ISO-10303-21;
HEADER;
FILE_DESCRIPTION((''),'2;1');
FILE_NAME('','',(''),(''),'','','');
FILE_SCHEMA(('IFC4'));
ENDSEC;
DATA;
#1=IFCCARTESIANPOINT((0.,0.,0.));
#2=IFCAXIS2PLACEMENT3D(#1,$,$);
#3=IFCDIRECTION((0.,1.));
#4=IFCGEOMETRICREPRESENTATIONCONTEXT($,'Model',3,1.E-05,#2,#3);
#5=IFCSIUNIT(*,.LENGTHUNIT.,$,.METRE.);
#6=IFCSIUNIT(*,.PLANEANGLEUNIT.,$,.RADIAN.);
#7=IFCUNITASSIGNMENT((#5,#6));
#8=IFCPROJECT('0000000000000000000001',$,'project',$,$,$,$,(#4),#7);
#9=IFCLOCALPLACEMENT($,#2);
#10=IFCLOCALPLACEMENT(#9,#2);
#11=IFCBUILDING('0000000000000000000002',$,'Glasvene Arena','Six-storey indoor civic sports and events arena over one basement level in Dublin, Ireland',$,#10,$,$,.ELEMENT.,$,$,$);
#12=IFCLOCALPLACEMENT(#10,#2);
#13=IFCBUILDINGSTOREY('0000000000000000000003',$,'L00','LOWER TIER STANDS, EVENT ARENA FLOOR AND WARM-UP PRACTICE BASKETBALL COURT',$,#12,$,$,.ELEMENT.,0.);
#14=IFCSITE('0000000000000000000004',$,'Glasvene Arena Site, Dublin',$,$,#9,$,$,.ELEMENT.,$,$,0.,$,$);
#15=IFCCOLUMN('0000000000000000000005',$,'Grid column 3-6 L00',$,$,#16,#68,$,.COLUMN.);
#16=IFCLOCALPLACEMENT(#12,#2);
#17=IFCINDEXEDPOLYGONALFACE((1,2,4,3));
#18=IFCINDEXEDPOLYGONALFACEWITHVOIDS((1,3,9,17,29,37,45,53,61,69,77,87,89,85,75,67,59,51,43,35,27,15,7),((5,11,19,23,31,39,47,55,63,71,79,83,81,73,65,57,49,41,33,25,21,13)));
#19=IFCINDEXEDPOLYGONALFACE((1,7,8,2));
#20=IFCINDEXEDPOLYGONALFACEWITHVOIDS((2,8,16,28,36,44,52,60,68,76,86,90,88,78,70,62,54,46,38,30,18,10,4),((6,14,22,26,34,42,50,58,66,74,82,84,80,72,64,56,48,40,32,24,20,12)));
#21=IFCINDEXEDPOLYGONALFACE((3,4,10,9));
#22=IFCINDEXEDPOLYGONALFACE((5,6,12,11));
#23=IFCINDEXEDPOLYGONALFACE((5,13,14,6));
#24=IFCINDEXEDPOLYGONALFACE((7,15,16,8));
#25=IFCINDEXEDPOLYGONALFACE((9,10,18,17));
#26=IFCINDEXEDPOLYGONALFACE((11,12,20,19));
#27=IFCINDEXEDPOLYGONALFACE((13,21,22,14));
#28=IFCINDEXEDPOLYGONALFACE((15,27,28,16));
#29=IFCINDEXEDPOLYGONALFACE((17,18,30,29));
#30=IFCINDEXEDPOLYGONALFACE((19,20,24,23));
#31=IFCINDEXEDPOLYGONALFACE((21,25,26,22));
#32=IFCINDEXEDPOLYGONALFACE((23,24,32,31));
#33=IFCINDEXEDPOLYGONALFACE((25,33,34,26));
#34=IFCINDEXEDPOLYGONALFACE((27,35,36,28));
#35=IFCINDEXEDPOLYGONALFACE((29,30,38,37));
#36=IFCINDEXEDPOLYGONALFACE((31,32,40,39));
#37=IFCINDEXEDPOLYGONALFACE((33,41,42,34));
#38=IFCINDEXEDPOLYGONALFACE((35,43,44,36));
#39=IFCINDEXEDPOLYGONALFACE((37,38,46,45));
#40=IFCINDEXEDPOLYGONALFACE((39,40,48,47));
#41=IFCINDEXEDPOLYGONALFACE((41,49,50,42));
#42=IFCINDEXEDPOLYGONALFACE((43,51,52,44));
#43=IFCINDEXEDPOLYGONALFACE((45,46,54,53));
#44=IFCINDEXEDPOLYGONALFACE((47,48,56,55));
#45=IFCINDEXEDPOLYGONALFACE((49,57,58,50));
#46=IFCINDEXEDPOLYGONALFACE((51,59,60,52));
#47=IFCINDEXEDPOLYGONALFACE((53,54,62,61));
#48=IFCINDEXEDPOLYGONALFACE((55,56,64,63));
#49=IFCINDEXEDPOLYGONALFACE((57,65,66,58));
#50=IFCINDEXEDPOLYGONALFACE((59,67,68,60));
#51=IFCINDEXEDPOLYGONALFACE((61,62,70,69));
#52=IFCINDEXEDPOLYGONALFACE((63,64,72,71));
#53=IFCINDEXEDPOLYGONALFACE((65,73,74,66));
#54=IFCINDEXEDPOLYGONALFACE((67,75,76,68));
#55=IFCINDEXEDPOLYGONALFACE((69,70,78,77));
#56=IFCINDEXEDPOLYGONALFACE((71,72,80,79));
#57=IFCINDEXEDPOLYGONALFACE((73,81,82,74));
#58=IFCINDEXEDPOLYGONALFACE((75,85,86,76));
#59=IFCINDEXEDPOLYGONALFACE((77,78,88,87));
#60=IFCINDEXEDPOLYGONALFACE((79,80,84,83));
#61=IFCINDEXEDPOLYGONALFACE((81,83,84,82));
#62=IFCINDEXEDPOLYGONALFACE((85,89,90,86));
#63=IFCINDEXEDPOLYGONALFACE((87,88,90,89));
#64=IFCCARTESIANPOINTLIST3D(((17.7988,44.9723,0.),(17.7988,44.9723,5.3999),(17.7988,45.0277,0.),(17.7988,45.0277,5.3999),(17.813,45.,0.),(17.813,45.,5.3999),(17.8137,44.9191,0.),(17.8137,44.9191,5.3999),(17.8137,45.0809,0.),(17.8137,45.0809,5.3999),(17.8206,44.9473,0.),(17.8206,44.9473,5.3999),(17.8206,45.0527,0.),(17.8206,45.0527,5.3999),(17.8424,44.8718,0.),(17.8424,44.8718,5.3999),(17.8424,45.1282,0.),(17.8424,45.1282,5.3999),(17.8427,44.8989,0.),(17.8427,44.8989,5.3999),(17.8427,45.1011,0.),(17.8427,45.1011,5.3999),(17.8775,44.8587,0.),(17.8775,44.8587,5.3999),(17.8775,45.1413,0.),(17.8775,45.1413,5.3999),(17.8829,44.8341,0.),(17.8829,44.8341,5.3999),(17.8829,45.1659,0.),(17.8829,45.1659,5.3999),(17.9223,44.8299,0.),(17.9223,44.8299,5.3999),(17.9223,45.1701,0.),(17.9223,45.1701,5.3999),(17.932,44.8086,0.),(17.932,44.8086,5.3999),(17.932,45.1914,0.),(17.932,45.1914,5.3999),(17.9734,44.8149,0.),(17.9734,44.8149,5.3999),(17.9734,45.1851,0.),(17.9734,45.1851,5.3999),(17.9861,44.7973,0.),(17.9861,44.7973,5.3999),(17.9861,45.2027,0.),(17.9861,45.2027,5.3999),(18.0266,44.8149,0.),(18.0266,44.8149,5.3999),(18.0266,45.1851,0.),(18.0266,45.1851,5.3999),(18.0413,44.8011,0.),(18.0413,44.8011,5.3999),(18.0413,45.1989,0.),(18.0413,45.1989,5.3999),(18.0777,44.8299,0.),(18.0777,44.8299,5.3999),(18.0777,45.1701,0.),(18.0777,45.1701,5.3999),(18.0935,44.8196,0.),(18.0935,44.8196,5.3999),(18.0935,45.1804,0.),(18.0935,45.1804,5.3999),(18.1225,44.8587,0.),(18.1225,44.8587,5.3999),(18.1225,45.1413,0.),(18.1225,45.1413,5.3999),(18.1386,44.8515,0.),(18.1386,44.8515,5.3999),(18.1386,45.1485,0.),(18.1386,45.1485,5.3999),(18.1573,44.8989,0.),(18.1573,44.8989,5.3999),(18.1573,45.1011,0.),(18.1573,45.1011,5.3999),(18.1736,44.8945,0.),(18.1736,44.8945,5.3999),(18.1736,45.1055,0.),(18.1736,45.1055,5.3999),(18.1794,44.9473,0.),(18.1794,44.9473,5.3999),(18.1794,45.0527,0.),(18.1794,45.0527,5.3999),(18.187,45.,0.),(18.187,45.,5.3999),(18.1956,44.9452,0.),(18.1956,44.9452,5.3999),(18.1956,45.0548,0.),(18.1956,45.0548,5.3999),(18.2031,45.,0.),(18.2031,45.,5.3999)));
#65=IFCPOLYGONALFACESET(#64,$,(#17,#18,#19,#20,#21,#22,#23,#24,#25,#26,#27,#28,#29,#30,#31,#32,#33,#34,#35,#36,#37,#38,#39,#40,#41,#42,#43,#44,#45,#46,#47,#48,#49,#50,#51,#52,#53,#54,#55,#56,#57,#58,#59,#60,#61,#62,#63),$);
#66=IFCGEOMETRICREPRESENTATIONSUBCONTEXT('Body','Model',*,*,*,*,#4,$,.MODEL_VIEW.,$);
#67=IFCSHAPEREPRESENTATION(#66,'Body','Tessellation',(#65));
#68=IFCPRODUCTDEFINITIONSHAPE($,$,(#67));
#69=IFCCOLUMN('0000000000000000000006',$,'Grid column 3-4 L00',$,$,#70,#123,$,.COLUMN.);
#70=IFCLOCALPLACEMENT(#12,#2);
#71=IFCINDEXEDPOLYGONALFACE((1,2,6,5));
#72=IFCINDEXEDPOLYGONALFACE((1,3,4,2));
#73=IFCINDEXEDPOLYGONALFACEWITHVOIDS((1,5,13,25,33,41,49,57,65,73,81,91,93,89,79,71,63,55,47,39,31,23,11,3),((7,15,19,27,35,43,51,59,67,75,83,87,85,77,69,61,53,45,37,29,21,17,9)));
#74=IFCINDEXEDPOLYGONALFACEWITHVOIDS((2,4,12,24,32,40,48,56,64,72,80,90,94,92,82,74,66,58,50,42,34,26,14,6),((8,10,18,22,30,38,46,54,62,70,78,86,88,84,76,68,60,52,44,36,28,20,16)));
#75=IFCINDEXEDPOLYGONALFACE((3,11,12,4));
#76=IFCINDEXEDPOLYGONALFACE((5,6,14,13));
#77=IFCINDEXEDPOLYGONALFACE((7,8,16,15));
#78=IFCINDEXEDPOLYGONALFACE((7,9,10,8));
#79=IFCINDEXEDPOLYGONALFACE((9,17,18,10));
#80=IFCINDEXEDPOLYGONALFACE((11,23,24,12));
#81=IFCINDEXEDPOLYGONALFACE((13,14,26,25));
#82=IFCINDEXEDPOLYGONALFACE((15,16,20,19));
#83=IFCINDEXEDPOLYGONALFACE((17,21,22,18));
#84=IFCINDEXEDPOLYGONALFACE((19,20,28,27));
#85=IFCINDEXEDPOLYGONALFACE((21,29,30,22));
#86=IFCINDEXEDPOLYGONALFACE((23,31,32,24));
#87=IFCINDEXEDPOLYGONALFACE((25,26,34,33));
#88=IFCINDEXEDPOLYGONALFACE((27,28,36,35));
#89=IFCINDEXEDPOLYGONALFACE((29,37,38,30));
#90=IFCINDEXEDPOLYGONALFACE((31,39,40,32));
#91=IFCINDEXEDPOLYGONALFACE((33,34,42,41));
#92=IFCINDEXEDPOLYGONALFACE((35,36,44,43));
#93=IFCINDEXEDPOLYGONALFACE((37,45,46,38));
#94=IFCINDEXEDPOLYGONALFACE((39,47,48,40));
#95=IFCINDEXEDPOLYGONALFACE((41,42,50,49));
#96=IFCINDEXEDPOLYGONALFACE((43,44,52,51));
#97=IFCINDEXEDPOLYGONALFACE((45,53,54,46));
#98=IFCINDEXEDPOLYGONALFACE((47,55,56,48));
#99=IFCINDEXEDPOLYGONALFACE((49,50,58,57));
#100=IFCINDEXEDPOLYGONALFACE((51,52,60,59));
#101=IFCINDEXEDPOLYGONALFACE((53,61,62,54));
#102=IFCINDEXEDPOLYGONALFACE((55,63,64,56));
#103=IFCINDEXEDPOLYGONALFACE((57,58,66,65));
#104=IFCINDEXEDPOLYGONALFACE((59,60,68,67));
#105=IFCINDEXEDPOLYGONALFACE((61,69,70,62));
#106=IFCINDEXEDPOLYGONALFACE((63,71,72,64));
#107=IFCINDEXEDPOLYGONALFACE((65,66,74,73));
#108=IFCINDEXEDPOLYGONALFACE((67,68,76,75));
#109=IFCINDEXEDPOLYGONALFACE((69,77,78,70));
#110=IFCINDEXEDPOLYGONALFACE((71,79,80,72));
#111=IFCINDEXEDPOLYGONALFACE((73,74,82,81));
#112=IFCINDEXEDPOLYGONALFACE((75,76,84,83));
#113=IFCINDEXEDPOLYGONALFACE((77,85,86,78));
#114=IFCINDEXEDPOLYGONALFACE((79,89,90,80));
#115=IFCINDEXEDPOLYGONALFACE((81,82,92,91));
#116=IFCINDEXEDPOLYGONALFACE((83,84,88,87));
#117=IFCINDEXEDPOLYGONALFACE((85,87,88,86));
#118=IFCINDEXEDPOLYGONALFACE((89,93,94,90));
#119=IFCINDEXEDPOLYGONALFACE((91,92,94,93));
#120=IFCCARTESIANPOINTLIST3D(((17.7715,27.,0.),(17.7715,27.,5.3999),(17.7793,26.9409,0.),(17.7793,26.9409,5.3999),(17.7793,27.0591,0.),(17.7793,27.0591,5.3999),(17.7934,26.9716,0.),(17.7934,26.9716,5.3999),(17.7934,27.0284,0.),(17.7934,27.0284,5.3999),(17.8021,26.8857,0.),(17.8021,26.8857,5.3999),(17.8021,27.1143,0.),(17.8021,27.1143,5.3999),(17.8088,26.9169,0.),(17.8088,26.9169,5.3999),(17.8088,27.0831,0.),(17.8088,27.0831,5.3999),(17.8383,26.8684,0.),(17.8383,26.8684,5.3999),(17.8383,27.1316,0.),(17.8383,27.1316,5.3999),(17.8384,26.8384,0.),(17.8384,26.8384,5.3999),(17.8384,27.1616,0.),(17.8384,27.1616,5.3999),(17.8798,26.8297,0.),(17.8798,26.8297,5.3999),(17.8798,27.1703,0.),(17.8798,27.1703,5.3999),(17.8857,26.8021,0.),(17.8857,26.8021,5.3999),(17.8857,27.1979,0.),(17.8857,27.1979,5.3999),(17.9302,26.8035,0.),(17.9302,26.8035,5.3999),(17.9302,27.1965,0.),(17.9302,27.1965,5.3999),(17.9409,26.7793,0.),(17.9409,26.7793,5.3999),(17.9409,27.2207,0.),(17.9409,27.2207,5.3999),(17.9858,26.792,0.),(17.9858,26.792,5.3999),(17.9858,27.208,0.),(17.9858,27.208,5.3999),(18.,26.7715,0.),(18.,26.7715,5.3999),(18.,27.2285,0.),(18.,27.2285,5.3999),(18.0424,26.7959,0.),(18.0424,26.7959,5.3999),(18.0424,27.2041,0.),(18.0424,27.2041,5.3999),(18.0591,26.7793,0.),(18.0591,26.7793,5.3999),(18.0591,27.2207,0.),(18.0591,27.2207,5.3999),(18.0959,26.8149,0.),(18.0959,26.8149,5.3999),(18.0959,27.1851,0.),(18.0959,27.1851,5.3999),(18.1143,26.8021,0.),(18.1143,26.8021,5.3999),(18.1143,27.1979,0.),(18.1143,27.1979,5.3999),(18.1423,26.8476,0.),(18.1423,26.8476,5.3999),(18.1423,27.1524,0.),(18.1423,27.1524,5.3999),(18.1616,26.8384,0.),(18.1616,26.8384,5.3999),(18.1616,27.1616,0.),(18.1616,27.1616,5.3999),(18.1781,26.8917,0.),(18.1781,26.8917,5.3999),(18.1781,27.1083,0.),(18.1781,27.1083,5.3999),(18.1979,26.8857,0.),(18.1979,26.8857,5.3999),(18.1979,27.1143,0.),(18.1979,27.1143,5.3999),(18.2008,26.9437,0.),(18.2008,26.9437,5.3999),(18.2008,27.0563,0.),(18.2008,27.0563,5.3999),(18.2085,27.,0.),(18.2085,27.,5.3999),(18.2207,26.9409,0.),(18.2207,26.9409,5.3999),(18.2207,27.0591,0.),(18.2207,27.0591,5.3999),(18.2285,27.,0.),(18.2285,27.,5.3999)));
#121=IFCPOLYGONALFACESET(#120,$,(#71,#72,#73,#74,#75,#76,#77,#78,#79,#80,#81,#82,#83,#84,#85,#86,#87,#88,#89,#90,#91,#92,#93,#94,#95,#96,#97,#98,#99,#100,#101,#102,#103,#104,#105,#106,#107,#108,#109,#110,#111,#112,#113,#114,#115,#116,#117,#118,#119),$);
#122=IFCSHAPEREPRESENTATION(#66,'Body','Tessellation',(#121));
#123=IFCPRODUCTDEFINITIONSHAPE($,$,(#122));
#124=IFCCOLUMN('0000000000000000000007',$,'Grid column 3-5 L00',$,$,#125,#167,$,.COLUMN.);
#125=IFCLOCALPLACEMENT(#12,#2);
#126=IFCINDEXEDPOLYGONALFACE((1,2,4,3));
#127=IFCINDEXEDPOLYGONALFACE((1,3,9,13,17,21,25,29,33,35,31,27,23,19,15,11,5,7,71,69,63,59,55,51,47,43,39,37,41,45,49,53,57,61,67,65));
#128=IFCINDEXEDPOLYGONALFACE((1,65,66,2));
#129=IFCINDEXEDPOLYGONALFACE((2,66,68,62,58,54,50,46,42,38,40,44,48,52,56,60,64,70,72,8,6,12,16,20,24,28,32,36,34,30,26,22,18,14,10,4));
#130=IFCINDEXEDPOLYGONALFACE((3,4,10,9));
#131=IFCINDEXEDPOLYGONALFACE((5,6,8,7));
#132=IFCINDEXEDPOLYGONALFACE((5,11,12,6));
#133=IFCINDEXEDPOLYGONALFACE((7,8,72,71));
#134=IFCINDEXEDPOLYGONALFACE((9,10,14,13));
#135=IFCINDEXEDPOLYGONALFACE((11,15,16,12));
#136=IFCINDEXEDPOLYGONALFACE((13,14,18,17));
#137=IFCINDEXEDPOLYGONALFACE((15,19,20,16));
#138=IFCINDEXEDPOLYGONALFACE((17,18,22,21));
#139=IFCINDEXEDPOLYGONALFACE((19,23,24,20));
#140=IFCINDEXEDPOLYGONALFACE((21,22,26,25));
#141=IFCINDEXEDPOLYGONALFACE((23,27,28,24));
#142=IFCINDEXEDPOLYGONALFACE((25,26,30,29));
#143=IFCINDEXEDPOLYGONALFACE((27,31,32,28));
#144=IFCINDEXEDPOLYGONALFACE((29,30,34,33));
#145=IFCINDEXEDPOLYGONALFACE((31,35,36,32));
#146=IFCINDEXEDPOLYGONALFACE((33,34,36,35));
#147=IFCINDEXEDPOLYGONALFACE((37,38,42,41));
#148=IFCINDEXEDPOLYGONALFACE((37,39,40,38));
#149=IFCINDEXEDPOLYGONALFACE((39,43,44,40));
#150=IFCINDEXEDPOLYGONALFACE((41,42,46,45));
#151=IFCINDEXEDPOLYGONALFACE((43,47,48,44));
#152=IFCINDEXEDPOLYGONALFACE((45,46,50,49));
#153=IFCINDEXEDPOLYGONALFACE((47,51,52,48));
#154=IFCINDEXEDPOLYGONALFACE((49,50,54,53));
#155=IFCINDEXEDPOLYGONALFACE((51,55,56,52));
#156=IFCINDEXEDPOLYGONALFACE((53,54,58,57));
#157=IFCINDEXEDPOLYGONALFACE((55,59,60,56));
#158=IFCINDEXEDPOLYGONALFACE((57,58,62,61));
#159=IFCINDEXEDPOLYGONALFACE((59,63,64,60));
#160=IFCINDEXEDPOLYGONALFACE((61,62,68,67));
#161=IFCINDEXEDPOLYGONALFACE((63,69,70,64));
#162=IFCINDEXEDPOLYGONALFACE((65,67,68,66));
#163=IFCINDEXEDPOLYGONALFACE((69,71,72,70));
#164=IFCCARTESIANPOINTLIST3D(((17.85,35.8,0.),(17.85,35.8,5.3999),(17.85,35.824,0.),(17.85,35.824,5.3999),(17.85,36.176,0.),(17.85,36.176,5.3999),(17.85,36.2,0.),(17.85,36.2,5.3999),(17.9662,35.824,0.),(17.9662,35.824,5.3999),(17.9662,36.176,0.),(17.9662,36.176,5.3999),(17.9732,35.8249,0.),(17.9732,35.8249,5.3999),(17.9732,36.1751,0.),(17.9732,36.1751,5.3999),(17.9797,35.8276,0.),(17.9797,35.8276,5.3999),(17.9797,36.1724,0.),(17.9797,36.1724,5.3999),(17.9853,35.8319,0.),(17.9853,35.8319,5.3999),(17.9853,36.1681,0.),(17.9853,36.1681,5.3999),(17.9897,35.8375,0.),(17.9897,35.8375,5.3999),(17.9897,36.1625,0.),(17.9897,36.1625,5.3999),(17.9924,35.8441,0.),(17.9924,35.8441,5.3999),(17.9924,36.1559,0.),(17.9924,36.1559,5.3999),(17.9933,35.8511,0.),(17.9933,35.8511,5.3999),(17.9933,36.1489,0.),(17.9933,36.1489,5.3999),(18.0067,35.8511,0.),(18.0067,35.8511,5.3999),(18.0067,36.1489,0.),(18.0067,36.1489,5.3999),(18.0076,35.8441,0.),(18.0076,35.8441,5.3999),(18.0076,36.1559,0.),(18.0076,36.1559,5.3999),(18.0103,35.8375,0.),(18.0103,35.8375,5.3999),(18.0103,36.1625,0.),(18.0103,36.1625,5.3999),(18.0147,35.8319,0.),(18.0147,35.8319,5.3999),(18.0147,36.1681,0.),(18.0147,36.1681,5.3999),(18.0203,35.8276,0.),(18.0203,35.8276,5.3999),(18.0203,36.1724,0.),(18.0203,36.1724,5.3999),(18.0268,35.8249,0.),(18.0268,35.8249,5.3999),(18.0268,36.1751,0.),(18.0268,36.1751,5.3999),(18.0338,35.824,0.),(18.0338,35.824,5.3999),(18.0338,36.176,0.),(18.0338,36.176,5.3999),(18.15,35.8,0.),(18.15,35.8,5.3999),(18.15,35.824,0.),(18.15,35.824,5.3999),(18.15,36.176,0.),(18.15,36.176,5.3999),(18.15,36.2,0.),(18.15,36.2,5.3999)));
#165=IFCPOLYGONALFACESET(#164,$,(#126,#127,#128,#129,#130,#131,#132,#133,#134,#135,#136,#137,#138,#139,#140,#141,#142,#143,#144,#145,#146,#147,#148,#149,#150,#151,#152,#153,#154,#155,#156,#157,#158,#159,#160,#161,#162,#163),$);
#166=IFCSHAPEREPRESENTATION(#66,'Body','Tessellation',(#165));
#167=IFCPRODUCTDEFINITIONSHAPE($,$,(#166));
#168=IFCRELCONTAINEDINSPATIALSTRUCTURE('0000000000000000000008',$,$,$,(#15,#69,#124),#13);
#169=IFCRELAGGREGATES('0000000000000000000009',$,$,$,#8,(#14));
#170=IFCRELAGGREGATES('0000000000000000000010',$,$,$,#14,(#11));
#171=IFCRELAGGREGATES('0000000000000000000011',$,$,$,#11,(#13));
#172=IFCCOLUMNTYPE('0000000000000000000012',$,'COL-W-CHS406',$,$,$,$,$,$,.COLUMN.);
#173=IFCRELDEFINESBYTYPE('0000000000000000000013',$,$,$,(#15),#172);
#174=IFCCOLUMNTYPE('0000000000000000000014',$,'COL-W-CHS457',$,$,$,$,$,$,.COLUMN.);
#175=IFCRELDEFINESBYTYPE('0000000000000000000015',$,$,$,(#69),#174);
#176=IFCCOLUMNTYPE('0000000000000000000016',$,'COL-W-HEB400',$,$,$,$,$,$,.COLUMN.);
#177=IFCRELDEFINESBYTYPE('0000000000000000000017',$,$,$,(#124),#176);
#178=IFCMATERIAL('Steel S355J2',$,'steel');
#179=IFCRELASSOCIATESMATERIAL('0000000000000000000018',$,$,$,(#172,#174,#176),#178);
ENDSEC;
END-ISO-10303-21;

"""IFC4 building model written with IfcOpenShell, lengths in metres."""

from ifc_helpers import new_model, si_unit, direction, frame, origin, origin_2d, place, context, subcontext, project, spatial, hollow_circle, i_section, extrude, material, material_profile, profile_set, type_object, element, save


model = new_model("IFC4")

# Units and contexts
model_context = context("Model", 3, precision=1e-05, world=origin(), true_north=direction((0.0, 1.0)))
body_context = subcontext(model_context, "Body", "Model", "MODEL_VIEW")
ifc_project = project(units=[si_unit("LENGTHUNIT", "METRE"), si_unit("PLANEANGLEUNIT", "RADIAN")], contexts=[model_context])

# Site, building, storey
site_placement = place(None, origin())
site = spatial("IfcSite", under=ifc_project, at=site_placement, Name="Glasvene Arena Site, Dublin", CompositionType="ELEMENT", RefElevation=0.0)
building_placement = place(site_placement, origin())
building = spatial("IfcBuilding", under=site, at=building_placement, Name="Glasvene Arena", Description="Six-storey indoor civic sports and events arena over one basement level in Dublin, Ireland", CompositionType="ELEMENT")
storey_placement = place(building_placement, origin())
storey = spatial("IfcBuildingStorey", under=building, at=storey_placement, Name="L00", Description="LOWER TIER STANDS, EVENT ARENA FLOOR AND WARM-UP PRACTICE BASKETBALL COURT", CompositionType="ELEMENT", Elevation=0.0)

# Columns
ifc_material_1 = material(Name="Steel S355J2", Category="steel")
ifc_material_profile_1 = material_profile(ifc_material_1, hollow_circle(Radius=0.2031, WallThickness=0.0161, at=origin_2d()), Name="CHS 406.4x16.0")
ifc_profile_set_1 = profile_set([ifc_material_profile_1], Name="Steel S355J2")
column_type_1 = type_object("IfcColumnType", Name="COL-W-CHS406", PredefinedType="COLUMN", material=ifc_profile_set_1)
column_1_placement = place(storey_placement, frame((18.0, 45.0, 0.0), z_axis=(0.0, 0.0, 1.0), x_axis=(1.0, 0.0, 0.0)))
element("IfcColumn", 1, at=column_1_placement, inside=storey, type_object=column_type_1, Name="Grid column 3-6 L00", PredefinedType="COLUMN", context=body_context, shape_type="SweptSolid", body=[
    extrude(hollow_circle(Radius=0.2031, WallThickness=0.0161, at=origin_2d()), origin(), (0.0, 0.0, 1.0), 5.3999),
])
ifc_material_profile_2 = material_profile(ifc_material_1, hollow_circle(Radius=0.2285, WallThickness=0.02, at=origin_2d()), Name="CHS 457.0x20.0")
ifc_profile_set_2 = profile_set([ifc_material_profile_2], Name="Steel S355J2")
column_type_2 = type_object("IfcColumnType", Name="COL-W-CHS457", PredefinedType="COLUMN", material=ifc_profile_set_2)
column_2_placement = place(storey_placement, frame((18.0, 27.0, 0.0), z_axis=(0.0, 0.0, 1.0), x_axis=(1.0, 0.0, 0.0)))
element("IfcColumn", 2, at=column_2_placement, inside=storey, type_object=column_type_2, Name="Grid column 3-4 L00", PredefinedType="COLUMN", context=body_context, shape_type="SweptSolid", body=[
    extrude(hollow_circle(Radius=0.2285, WallThickness=0.02, at=origin_2d()), origin(), (0.0, 0.0, 1.0), 5.3999),
])
ifc_material_profile_3 = material_profile(ifc_material_1, i_section(OverallWidth=0.3, OverallDepth=0.3999, WebThickness=0.0134, FlangeThickness=0.0239, FilletRadius=0.0271, at=origin_2d()), Name="HEB 400")
ifc_profile_set_3 = profile_set([ifc_material_profile_3], Name="Steel S355J2")
column_type_3 = type_object("IfcColumnType", Name="COL-W-HEB400", PredefinedType="COLUMN", material=ifc_profile_set_3)
column_3_placement = place(storey_placement, frame((18.0, 36.0, 0.0), z_axis=(0.0, 0.0, 1.0), x_axis=(1.0, 0.0, 0.0)))
element("IfcColumn", 3, at=column_3_placement, inside=storey, type_object=column_type_3, Name="Grid column 3-5 L00", PredefinedType="COLUMN", context=body_context, shape_type="SweptSolid", body=[
    extrude(i_section(OverallWidth=0.3, OverallDepth=0.3999, WebThickness=0.0134, FlangeThickness=0.0239, FilletRadius=0.0271, at=origin_2d()), origin(), (0.0, 0.0, 1.0), 5.3999),
])

save(model, "model.ifc")
